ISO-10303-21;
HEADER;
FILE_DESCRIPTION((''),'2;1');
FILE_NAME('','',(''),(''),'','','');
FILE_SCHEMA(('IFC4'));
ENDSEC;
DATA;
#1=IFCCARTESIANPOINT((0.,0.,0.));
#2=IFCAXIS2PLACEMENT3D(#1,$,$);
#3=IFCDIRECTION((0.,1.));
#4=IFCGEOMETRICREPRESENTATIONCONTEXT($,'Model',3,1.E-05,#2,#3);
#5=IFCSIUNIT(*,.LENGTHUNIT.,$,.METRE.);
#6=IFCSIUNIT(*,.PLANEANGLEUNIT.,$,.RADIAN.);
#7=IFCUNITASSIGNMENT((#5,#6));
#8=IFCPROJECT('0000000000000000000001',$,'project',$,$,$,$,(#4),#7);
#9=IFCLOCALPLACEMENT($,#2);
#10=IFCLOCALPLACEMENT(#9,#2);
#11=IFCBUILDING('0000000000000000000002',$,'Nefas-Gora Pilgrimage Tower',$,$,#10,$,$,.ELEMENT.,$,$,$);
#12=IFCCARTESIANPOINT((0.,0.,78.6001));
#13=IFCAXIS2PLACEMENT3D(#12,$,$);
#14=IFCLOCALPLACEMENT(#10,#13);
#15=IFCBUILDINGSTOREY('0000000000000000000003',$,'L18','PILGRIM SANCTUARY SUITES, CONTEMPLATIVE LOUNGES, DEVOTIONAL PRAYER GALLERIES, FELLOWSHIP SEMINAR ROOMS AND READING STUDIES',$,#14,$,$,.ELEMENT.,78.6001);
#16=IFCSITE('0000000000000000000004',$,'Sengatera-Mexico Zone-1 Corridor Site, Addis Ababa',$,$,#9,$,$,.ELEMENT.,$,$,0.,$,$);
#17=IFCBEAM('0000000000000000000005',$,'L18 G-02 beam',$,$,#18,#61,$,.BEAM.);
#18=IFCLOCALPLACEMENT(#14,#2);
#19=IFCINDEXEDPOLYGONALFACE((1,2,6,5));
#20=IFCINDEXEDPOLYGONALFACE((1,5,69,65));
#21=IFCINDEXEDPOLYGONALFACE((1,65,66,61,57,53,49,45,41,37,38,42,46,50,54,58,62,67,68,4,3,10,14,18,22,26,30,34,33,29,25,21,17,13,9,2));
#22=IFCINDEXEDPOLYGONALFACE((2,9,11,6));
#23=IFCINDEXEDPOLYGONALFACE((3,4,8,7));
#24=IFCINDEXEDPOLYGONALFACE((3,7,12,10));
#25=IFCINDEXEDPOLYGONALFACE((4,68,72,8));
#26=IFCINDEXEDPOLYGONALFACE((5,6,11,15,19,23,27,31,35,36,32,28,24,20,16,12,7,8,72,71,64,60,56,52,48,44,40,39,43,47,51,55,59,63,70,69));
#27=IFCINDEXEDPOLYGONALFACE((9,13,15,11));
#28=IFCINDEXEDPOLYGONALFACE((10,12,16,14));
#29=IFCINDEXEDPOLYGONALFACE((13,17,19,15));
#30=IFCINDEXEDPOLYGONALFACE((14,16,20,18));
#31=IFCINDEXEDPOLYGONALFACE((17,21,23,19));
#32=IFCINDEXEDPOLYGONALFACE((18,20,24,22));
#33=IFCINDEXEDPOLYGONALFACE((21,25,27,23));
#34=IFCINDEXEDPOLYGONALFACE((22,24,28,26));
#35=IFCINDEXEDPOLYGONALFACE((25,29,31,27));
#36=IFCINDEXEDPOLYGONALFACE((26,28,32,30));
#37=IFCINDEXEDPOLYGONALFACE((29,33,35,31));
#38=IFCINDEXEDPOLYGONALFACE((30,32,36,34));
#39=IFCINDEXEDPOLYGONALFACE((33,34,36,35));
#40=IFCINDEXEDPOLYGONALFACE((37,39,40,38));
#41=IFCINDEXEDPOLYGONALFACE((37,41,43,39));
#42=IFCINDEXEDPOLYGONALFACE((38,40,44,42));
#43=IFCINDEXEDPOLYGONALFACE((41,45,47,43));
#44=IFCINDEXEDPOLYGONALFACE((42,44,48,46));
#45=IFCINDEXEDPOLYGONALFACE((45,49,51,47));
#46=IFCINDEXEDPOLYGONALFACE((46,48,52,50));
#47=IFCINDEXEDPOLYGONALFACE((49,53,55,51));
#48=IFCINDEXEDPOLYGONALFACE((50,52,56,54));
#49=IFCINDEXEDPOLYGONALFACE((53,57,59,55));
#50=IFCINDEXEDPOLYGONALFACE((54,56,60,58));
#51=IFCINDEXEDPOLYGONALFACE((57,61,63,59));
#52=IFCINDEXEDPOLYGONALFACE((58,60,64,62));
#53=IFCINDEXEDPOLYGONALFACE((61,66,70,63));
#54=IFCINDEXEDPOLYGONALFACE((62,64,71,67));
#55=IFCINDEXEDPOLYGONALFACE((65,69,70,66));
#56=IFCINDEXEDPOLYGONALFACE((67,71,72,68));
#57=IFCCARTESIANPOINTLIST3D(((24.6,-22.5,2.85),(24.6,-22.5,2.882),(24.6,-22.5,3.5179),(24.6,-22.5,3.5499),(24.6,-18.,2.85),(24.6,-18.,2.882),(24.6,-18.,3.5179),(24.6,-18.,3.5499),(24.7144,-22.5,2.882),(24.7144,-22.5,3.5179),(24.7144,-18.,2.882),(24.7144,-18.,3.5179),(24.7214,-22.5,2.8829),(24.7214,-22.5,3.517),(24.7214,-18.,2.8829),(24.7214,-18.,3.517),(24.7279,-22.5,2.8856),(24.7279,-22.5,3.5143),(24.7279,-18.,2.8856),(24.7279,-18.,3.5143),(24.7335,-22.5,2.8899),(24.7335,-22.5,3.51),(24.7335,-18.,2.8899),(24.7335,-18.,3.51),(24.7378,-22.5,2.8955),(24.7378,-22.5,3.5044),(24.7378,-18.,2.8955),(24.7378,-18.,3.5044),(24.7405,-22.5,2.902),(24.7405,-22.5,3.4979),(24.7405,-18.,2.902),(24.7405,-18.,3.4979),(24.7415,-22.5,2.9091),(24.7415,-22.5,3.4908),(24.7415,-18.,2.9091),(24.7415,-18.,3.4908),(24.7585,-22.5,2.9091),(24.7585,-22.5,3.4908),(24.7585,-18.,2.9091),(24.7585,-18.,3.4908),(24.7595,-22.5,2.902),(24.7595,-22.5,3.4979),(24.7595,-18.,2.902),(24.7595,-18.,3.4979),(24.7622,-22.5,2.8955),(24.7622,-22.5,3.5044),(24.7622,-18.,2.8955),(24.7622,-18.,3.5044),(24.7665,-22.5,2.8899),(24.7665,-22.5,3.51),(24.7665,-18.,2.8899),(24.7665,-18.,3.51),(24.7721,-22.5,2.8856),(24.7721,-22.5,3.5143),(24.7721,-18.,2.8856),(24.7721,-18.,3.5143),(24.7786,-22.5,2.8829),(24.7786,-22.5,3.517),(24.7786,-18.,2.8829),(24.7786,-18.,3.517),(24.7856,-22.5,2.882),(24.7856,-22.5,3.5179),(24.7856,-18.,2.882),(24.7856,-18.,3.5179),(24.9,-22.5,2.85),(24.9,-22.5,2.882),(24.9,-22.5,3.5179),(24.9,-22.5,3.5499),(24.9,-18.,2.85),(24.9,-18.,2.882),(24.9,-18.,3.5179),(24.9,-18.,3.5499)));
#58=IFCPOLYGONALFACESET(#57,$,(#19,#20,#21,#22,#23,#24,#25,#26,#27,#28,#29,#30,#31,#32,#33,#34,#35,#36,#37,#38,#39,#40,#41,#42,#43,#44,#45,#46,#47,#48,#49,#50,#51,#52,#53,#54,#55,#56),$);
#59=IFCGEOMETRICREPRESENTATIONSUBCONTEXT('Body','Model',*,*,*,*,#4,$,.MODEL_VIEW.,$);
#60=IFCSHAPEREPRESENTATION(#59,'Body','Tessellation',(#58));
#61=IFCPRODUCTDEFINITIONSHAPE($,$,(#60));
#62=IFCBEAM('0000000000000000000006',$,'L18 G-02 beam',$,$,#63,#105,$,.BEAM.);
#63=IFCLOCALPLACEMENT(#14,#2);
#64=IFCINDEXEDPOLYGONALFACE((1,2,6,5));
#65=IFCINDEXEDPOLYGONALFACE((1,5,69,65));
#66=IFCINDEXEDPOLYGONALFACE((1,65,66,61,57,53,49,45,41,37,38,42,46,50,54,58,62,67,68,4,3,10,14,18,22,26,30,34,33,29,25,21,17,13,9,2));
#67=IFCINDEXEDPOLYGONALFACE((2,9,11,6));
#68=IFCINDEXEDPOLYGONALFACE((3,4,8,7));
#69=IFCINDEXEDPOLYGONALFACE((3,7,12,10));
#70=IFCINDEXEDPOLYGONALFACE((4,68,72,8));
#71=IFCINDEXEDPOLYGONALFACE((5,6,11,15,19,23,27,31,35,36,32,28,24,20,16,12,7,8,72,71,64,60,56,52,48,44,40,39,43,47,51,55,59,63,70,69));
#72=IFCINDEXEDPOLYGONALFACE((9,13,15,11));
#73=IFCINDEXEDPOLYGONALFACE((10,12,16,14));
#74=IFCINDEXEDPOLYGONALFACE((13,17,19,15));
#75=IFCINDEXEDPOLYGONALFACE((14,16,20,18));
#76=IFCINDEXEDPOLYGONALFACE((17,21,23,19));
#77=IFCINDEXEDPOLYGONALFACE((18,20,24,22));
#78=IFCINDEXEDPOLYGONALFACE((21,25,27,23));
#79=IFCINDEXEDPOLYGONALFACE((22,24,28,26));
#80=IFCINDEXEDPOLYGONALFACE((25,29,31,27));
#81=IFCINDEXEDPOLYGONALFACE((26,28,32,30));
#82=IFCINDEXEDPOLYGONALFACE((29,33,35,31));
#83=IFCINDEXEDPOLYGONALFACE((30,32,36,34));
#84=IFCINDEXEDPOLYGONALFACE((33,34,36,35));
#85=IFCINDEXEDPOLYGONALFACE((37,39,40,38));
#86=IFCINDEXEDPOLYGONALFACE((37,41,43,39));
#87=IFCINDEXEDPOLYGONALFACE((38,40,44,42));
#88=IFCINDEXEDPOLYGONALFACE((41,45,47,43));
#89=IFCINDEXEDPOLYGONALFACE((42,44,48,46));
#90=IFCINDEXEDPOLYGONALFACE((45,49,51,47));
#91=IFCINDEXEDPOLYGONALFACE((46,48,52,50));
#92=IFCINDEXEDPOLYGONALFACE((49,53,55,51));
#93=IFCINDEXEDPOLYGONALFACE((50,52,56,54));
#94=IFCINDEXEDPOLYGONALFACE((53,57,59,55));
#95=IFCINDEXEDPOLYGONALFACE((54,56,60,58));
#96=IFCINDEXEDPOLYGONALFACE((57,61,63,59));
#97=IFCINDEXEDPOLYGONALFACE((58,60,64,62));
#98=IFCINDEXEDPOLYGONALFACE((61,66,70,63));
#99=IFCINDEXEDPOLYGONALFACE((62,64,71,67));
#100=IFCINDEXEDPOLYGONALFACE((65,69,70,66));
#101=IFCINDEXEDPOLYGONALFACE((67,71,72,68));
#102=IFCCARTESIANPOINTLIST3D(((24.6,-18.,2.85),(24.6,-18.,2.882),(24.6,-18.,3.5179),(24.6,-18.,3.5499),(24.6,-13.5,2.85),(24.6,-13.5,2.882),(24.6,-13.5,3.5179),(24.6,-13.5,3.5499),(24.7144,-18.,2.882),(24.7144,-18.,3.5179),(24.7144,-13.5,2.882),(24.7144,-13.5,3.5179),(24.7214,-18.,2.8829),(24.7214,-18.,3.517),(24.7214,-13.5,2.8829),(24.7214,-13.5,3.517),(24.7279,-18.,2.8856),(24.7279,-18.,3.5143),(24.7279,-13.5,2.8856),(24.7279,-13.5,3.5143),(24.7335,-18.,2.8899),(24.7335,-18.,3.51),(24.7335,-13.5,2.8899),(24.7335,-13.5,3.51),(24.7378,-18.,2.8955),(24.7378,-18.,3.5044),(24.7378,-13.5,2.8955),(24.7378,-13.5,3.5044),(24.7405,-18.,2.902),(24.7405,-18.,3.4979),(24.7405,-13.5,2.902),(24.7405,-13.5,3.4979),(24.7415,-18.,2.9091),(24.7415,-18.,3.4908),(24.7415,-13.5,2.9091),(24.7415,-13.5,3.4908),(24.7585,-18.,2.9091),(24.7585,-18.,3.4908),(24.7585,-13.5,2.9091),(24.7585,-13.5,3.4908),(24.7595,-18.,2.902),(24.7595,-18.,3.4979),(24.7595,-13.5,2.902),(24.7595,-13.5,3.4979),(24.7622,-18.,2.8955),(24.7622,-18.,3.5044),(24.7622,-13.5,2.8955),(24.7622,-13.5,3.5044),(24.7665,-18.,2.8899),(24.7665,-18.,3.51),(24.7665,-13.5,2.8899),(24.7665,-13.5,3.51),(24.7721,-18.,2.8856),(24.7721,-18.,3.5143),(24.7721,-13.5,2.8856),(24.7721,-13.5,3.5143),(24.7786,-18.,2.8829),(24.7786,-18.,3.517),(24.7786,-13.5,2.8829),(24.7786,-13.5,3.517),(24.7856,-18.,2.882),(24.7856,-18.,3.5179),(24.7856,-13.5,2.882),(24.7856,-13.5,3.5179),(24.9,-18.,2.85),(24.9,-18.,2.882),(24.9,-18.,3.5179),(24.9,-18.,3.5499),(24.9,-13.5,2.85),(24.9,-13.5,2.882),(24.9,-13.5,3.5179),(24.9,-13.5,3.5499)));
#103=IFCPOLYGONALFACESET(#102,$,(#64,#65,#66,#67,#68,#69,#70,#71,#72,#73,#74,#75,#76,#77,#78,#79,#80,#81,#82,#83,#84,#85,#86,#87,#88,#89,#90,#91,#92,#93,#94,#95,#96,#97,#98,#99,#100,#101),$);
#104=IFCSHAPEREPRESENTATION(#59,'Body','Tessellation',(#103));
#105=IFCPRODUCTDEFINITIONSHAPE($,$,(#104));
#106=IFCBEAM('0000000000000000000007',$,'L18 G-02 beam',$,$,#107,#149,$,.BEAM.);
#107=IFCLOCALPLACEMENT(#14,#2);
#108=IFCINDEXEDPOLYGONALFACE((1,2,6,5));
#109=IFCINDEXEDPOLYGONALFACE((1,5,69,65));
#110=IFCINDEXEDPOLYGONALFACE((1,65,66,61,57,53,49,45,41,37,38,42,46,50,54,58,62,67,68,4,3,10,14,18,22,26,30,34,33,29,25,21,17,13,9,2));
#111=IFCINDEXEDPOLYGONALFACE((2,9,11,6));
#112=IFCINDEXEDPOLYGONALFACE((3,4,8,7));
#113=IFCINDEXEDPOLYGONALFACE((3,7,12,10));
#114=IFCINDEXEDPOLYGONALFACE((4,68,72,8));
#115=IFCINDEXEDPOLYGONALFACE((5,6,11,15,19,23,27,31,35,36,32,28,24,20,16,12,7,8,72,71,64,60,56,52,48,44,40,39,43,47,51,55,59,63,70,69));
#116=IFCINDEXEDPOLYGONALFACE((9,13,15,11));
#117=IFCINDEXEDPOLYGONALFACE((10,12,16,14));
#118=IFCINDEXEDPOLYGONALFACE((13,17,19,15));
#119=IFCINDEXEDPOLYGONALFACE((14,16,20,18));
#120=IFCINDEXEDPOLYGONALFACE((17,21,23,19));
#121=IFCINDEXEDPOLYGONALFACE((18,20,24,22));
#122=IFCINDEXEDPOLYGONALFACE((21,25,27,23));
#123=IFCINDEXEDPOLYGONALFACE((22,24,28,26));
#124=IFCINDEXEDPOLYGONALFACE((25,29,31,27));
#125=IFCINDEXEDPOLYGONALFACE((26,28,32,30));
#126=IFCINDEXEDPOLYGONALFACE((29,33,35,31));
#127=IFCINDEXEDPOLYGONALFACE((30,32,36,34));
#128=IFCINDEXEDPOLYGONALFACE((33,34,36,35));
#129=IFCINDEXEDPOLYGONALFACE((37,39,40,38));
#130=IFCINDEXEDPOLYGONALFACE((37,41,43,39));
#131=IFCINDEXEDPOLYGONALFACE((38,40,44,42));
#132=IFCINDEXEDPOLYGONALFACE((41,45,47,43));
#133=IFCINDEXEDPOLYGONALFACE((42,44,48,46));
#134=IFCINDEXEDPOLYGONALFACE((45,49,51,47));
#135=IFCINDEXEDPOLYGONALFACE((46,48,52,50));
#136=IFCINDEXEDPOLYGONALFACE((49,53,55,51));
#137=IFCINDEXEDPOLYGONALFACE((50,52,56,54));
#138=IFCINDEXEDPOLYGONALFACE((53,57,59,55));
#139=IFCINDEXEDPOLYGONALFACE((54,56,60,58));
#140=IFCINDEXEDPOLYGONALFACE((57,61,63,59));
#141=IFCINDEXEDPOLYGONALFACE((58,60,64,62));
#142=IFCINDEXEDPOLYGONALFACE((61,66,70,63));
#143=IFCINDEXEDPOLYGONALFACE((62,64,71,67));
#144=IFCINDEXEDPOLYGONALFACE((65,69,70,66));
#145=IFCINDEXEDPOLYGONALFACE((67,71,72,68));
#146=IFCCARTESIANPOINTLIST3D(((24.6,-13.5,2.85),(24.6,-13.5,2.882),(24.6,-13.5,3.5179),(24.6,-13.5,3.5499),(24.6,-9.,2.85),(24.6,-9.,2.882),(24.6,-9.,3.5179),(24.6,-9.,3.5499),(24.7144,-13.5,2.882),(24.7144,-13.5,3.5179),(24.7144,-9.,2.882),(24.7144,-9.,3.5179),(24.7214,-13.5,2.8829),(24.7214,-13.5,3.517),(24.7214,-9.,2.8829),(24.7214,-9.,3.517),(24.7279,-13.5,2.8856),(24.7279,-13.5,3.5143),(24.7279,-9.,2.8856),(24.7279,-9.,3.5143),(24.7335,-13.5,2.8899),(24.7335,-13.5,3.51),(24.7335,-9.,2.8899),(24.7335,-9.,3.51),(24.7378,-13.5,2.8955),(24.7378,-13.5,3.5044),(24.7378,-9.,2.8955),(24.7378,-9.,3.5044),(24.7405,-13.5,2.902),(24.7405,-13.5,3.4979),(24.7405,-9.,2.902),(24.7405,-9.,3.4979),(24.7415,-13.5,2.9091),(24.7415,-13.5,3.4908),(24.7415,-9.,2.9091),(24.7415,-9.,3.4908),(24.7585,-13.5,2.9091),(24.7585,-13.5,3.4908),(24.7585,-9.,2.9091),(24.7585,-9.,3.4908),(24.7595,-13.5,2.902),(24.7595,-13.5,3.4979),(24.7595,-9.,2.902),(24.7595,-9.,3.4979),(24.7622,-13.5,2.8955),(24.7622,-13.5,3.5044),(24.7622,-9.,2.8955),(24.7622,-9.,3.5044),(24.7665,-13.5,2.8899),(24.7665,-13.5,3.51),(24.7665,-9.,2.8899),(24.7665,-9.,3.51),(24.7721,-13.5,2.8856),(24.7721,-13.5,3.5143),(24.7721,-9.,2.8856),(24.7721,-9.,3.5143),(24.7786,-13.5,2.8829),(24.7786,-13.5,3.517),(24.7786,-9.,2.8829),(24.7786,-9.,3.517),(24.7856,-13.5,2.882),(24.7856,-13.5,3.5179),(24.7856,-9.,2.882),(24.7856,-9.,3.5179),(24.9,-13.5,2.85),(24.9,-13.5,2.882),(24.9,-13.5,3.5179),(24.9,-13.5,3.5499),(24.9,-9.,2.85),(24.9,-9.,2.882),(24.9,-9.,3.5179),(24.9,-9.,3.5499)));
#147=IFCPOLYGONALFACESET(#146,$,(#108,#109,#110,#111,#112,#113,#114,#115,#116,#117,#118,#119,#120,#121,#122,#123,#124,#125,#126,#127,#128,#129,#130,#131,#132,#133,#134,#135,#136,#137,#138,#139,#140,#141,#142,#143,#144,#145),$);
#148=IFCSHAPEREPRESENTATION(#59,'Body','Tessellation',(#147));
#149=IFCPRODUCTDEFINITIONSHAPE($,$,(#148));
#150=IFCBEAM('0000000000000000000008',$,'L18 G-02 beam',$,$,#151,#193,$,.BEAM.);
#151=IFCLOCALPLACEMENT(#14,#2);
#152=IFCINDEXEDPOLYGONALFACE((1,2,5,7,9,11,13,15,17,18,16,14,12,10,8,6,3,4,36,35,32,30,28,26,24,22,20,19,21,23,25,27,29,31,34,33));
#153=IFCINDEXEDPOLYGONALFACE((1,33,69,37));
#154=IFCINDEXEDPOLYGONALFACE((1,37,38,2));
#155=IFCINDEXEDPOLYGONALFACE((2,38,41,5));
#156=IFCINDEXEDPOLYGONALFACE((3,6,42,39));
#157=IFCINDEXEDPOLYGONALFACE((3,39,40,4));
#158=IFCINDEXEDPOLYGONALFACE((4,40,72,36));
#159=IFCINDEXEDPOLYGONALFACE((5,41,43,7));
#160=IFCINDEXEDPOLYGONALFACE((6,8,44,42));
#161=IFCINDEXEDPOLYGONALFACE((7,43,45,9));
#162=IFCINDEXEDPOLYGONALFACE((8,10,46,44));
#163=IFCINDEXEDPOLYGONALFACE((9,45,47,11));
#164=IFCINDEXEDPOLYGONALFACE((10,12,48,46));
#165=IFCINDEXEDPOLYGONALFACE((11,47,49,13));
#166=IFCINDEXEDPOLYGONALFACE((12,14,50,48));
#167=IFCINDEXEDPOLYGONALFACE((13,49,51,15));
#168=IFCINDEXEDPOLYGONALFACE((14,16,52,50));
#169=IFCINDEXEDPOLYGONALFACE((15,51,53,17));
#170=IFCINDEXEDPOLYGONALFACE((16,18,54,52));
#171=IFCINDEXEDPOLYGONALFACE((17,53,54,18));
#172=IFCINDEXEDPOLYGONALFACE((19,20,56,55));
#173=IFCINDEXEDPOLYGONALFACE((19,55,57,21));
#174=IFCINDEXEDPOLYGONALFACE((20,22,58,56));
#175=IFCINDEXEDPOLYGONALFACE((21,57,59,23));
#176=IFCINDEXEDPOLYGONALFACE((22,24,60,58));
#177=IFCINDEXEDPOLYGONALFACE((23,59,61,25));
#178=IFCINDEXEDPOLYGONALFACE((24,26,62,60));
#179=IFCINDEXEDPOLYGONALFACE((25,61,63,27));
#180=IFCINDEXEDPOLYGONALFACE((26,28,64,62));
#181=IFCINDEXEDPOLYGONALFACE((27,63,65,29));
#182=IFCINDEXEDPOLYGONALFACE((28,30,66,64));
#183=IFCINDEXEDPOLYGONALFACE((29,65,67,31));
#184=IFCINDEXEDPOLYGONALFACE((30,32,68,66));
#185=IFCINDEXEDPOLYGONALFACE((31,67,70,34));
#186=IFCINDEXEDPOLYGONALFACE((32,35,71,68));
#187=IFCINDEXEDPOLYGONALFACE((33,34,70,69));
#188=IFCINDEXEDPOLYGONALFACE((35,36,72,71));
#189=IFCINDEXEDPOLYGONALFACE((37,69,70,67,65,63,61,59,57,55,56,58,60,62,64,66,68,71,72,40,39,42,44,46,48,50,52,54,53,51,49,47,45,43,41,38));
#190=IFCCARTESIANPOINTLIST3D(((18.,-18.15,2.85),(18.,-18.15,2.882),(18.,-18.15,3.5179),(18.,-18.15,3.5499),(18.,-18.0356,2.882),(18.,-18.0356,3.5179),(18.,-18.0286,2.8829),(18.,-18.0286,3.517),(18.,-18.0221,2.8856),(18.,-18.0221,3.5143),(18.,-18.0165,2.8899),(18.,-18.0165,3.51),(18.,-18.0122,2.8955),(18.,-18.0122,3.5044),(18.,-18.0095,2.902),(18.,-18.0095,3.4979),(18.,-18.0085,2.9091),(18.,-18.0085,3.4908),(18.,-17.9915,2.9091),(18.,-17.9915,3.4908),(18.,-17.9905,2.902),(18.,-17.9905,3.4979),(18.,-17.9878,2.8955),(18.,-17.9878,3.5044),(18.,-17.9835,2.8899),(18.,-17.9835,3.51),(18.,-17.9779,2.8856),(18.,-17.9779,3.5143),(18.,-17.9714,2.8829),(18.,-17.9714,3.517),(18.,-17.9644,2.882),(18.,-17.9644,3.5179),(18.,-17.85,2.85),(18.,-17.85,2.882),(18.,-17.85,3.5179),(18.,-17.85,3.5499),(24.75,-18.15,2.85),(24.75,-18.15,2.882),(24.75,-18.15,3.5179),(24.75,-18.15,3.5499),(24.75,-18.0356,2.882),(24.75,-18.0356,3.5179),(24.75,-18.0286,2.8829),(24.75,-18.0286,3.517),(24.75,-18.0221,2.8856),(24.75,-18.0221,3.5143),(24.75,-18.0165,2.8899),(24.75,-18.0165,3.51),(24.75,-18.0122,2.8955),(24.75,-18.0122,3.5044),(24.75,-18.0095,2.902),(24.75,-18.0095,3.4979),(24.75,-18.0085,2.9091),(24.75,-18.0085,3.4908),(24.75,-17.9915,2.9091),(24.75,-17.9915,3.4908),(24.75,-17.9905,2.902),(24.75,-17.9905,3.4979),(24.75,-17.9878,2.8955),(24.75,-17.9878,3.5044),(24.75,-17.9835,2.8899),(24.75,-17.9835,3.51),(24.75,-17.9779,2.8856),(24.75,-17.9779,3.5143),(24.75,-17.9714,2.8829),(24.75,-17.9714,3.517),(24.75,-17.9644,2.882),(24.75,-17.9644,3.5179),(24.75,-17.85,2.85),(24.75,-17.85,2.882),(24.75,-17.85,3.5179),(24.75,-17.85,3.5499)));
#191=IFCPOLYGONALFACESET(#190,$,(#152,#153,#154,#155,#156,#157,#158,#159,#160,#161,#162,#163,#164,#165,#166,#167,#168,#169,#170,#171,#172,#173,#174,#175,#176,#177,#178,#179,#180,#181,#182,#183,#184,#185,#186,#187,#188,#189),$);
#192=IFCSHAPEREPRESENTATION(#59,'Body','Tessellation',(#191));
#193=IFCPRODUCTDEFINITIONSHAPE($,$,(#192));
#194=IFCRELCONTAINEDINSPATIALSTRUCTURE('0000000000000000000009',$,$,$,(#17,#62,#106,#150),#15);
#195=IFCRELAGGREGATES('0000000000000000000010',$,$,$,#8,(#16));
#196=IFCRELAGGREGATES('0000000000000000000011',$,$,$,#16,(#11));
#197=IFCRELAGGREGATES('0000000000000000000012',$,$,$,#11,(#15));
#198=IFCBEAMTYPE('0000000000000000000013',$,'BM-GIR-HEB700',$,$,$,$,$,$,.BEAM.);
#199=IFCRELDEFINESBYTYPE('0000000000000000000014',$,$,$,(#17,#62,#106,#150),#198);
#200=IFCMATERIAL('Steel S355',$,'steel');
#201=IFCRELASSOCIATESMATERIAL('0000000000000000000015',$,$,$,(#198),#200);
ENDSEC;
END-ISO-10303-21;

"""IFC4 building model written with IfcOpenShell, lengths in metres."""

from ifc_helpers import new_model, si_unit, direction, frame, origin, origin_2d, place, context, subcontext, project, spatial, i_section, extrude, source, transform, mapped, material, material_profile, profile_set, type_object, element, save


model = new_model("IFC4")

# Units and contexts
model_context = context("Model", 3, precision=1e-05, world=origin(), true_north=direction((0.0, 1.0)))
body_context = subcontext(model_context, "Body", "Model", "MODEL_VIEW")
ifc_project = project(units=[si_unit("LENGTHUNIT", "METRE"), si_unit("PLANEANGLEUNIT", "RADIAN")], contexts=[model_context])

# Site, building, storey
site_placement = place(None, origin())
site = spatial("IfcSite", under=ifc_project, at=site_placement, Name="Sengatera-Mexico Zone-1 Corridor Site, Addis Ababa", CompositionType="ELEMENT", RefElevation=0.0)
building_placement = place(site_placement, origin())
building = spatial("IfcBuilding", under=site, at=building_placement, Name="Nefas-Gora Pilgrimage Tower", CompositionType="ELEMENT")
storey_placement = place(building_placement, frame((0.0, 0.0, 78.6001)))
storey = spatial("IfcBuildingStorey", under=building, at=storey_placement, Name="L18", Description="PILGRIM SANCTUARY SUITES, CONTEMPLATIVE LOUNGES, DEVOTIONAL PRAYER GALLERIES, FELLOWSHIP SEMINAR ROOMS AND READING STUDIES", CompositionType="ELEMENT", Elevation=78.6001)

# Beams
ifc_material_1 = material(Name="Steel S355", Category="steel")
ifc_material_profile_1 = material_profile(ifc_material_1, i_section(OverallWidth=0.3, OverallDepth=0.7, WebThickness=0.0171, FlangeThickness=0.032, FilletRadius=0.0271, at=origin_2d()), Name="HEB 700")
ifc_profile_set_1 = profile_set([ifc_material_profile_1], Name="Steel S355")
beam_type_1 = type_object("IfcBeamType", Name="BM-GIR-HEB700", PredefinedType="BEAM", material=ifc_profile_set_1)
shared_shape_1 = source(origin(), body_context, "Body", "SweptSolid", [
    extrude(i_section(OverallWidth=0.3, OverallDepth=0.7, WebThickness=0.0171, FlangeThickness=0.032, FilletRadius=0.0271, at=origin_2d()), origin(), (0.0, 0.0, 1.0), 4.5),
])
for number, where, z_axis, x_axis, name in (
    (1, (24.75, -22.5, 3.2), (0.0, 1.0, 0.0), (-1.0, 0.0, 0.0), "L18 G-02 beam"),
    (2, (24.75, -18.0, 3.2), (0.0, 1.0, 0.0), (-1.0, 0.0, 0.0), "L18 G-02 beam"),
    (3, (24.75, -13.5, 3.2), (0.0, 1.0, 0.0), (-1.0, 0.0, 0.0), "L18 G-02 beam"),
):
    element("IfcBeam", number, at=place(storey_placement, frame(where, z_axis=z_axis, x_axis=x_axis)), inside=storey, type_object=beam_type_1, Name=name, PredefinedType="BEAM", context=body_context, shape_type="MappedRepresentation", body=[
        mapped(shared_shape_1, transform((0.0, 0.0, 0.0), x_axis=(1.0, 0.0, 0.0), y_axis=(0.0, 1.0, 0.0), z_axis=(0.0, 0.0, 1.0), scale=1.0)),
    ])
shared_shape_2 = source(origin(), body_context, "Body", "SweptSolid", [
    extrude(i_section(OverallWidth=0.3, OverallDepth=0.7, WebThickness=0.0171, FlangeThickness=0.032, FilletRadius=0.0271, at=origin_2d()), origin(), (0.0, 0.0, 1.0), 6.75),
])
for number, where, z_axis, x_axis, name in (
    (4, (18.0, -18.0, 3.2), (1.0, 0.0, 0.0), (0.0, 1.0, 0.0), "L18 G-02 beam"),
):
    element("IfcBeam", number, at=place(storey_placement, frame(where, z_axis=z_axis, x_axis=x_axis)), inside=storey, type_object=beam_type_1, Name=name, PredefinedType="BEAM", context=body_context, shape_type="MappedRepresentation", body=[
        mapped(shared_shape_2, transform((0.0, 0.0, 0.0), x_axis=(1.0, 0.0, 0.0), y_axis=(0.0, 1.0, 0.0), z_axis=(0.0, 0.0, 1.0), scale=1.0)),
    ])

save(model, "model.ifc")
